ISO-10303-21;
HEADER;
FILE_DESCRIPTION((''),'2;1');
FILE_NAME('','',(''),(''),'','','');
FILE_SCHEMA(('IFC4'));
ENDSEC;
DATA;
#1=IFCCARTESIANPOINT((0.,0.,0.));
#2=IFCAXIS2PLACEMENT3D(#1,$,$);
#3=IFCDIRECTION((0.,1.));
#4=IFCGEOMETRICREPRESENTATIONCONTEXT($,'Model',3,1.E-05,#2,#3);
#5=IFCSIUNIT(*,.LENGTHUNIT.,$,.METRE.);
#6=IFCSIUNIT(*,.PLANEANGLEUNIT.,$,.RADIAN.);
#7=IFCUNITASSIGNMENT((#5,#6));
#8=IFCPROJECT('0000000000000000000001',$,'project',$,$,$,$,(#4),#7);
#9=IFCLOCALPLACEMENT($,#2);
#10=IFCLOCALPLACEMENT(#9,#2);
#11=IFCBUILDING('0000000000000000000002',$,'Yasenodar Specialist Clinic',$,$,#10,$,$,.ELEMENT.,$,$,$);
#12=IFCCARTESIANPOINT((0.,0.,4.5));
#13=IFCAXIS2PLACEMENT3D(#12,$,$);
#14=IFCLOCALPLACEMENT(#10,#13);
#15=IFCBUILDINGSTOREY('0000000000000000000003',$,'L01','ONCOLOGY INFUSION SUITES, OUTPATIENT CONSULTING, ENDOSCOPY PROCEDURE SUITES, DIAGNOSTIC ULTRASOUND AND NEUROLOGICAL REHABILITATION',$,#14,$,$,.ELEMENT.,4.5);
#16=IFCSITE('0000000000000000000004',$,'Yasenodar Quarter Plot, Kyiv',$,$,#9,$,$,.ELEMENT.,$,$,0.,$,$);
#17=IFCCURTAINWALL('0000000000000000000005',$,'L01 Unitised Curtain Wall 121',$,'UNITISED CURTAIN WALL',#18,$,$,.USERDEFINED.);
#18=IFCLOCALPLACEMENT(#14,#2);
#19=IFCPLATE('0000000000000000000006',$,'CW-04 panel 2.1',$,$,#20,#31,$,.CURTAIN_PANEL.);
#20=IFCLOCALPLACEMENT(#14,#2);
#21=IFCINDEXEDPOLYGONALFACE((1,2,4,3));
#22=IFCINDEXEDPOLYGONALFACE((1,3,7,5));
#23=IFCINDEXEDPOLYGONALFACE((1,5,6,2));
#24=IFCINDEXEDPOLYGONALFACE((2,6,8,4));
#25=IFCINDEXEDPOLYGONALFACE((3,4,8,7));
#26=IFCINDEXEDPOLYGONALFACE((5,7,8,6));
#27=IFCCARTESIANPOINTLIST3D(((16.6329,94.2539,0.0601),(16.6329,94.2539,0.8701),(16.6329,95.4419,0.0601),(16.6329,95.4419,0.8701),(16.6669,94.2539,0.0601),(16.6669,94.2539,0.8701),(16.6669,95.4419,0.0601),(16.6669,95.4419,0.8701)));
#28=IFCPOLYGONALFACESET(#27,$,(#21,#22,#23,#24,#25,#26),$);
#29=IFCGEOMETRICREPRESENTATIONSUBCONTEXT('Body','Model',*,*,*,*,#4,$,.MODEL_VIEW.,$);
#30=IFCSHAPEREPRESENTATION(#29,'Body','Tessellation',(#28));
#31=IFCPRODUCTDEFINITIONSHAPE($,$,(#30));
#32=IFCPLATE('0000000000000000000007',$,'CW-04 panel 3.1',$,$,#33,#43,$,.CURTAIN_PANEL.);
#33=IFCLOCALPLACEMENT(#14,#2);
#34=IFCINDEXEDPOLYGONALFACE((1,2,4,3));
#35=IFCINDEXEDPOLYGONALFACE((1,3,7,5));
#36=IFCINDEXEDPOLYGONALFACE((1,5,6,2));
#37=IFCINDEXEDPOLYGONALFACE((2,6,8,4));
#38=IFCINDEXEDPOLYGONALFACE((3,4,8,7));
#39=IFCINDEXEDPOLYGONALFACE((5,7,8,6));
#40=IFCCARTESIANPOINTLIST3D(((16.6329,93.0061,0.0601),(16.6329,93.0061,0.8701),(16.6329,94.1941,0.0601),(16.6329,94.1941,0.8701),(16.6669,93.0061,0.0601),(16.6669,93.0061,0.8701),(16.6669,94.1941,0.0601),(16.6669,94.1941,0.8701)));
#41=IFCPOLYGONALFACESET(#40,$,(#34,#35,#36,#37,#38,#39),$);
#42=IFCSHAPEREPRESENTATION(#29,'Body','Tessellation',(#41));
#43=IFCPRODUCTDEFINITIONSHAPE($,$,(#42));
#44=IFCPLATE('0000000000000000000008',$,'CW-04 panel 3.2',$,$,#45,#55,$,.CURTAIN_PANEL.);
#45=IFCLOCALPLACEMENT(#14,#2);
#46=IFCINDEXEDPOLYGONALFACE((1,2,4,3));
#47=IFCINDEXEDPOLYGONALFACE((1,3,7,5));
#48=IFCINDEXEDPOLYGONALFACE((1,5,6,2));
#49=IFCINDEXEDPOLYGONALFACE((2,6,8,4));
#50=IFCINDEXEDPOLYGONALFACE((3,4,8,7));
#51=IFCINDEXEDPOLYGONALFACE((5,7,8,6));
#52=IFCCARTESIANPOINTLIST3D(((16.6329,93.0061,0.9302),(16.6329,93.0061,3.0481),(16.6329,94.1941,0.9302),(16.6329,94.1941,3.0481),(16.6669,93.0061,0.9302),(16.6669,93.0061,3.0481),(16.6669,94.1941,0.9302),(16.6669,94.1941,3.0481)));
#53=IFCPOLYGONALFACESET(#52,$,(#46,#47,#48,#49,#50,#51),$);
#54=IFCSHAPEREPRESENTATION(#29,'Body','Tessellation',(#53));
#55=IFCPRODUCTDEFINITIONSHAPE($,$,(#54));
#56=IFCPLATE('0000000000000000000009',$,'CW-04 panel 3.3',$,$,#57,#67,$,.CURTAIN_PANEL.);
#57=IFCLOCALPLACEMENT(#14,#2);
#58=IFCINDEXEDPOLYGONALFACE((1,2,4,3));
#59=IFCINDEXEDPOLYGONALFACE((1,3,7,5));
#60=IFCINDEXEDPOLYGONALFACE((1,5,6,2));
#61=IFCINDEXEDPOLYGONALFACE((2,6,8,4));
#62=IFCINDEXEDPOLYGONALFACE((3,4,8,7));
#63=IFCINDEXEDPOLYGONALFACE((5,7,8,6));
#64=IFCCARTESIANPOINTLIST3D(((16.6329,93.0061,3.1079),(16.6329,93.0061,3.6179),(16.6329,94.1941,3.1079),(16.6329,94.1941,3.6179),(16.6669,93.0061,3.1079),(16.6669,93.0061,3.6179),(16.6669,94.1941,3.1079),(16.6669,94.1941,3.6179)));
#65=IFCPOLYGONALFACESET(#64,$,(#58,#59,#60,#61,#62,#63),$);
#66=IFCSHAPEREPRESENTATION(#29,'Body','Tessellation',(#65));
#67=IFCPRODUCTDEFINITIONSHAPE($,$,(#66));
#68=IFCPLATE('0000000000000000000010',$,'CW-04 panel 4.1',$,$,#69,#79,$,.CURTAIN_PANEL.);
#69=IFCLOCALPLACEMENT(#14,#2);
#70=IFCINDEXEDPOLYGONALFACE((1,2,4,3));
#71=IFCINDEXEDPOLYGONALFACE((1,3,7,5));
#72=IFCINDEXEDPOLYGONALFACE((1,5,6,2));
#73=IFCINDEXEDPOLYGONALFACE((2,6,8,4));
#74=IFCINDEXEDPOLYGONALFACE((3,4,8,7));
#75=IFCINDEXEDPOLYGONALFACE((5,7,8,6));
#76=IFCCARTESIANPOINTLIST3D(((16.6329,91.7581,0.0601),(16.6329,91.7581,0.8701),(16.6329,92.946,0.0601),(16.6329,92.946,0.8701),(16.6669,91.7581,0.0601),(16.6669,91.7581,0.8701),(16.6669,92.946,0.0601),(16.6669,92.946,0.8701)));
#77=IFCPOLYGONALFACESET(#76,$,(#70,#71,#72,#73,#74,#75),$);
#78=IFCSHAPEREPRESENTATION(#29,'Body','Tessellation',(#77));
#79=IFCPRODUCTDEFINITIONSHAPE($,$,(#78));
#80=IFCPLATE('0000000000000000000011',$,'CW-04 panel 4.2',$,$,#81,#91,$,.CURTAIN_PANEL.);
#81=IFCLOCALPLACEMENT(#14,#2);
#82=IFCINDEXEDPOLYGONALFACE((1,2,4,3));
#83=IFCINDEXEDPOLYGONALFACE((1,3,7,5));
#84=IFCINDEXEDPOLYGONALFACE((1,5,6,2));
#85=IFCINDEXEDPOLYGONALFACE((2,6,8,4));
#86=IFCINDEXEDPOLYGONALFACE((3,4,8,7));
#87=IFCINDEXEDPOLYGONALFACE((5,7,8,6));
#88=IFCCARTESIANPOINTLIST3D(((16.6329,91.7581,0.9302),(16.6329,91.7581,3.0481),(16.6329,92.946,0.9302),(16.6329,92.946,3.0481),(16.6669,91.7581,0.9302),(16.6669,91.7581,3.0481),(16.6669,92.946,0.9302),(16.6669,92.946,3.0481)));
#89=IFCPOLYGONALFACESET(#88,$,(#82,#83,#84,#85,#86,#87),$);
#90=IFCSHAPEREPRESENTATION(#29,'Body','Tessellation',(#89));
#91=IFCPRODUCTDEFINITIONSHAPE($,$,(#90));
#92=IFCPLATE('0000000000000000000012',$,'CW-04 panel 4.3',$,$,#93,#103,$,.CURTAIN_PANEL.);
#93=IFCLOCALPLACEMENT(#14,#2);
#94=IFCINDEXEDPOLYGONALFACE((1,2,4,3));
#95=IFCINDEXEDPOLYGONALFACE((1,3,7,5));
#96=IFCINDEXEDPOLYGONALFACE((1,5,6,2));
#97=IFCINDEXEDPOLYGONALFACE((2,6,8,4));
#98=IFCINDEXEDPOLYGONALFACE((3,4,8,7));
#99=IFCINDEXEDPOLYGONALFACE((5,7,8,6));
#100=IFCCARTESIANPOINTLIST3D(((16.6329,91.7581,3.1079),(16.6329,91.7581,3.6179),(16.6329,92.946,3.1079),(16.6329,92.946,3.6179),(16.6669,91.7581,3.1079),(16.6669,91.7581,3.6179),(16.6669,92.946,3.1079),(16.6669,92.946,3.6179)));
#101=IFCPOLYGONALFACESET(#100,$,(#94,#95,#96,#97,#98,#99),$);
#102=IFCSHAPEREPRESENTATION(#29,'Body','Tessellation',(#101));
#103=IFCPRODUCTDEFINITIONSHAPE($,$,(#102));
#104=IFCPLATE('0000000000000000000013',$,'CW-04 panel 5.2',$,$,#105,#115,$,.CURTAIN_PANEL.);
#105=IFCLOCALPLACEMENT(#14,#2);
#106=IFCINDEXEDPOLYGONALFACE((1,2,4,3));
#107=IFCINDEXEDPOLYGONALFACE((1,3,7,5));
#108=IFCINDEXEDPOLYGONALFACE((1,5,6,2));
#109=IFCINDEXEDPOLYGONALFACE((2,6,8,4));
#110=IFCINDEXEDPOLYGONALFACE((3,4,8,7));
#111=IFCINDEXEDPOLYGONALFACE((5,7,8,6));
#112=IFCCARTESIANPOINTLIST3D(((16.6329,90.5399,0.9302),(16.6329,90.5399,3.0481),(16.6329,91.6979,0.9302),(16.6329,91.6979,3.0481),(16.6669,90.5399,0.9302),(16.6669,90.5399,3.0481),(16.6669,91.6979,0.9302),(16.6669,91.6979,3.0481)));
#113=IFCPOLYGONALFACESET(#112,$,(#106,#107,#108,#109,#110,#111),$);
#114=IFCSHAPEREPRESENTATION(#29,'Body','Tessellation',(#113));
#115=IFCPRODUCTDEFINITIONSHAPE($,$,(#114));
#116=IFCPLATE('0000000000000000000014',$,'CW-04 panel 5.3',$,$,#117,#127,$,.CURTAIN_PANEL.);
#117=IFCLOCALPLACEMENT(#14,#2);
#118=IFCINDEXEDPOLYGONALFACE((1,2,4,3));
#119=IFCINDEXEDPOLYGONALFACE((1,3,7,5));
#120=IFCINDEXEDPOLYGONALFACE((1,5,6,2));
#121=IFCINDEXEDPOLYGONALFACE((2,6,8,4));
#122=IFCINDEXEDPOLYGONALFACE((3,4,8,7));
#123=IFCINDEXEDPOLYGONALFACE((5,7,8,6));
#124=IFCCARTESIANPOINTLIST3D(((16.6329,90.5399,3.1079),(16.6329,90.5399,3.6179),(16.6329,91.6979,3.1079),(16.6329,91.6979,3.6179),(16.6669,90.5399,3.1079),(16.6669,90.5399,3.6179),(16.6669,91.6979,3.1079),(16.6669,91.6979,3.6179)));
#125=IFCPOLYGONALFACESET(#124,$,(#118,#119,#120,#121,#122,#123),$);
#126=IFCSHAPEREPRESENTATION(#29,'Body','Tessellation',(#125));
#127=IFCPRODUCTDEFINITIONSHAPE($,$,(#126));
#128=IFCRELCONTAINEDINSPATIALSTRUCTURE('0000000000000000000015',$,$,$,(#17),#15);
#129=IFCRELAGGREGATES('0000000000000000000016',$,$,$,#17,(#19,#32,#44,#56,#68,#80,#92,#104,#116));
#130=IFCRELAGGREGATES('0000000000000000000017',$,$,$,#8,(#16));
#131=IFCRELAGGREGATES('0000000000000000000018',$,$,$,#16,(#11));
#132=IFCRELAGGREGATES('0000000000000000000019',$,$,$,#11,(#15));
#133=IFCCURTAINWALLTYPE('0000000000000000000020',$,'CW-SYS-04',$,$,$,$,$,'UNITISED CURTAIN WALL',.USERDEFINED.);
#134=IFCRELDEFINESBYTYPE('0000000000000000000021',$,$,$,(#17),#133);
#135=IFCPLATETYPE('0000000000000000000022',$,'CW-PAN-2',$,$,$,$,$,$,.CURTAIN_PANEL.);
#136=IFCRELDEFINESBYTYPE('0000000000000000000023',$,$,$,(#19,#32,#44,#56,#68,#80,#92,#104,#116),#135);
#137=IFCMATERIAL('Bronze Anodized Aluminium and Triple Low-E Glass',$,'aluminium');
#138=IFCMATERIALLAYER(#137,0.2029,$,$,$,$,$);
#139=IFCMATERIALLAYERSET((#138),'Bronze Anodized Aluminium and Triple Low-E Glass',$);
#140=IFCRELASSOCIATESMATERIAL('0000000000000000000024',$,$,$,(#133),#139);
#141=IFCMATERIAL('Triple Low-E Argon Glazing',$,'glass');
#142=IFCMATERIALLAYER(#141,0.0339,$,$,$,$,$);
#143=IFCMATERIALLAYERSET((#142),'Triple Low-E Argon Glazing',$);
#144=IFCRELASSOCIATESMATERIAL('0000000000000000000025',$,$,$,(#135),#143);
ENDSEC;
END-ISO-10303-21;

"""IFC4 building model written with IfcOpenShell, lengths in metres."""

from ifc_helpers import new_model, si_unit, direction, frame, origin, origin_2d, place, context, subcontext, project, spatial, rectangle, extrude, material, layer, layer_set, type_object, element, aggregate, save


model = new_model("IFC4")

# Units and contexts
model_context = context("Model", 3, precision=1e-05, world=origin(), true_north=direction((0.0, 1.0)))
body_context = subcontext(model_context, "Body", "Model", "MODEL_VIEW")
ifc_project = project(units=[si_unit("LENGTHUNIT", "METRE"), si_unit("PLANEANGLEUNIT", "RADIAN")], contexts=[model_context])

# Site, building, storey
site_placement = place(None, origin())
site = spatial("IfcSite", under=ifc_project, at=site_placement, Name="Yasenodar Quarter Plot, Kyiv", CompositionType="ELEMENT", RefElevation=0.0)
building_placement = place(site_placement, origin())
building = spatial("IfcBuilding", under=site, at=building_placement, Name="Yasenodar Specialist Clinic", CompositionType="ELEMENT")
storey_placement = place(building_placement, frame((0.0, 0.0, 4.5)))
storey = spatial("IfcBuildingStorey", under=building, at=storey_placement, Name="L01", Description="ONCOLOGY INFUSION SUITES, OUTPATIENT CONSULTING, ENDOSCOPY PROCEDURE SUITES, DIAGNOSTIC ULTRASOUND AND NEUROLOGICAL REHABILITATION", CompositionType="ELEMENT", Elevation=4.5)

# Curtain wall, plates
ifc_material_1 = material(Name="Bronze Anodized Aluminium and Triple Low-E Glass", Category="aluminium")
ifc_layer_1 = layer(ifc_material_1, 0.2029)
ifc_layer_set_1 = layer_set([ifc_layer_1], Name="Bronze Anodized Aluminium and Triple Low-E Glass")
curtain_wall_type = type_object("IfcCurtainWallType", Name="CW-SYS-04", ElementType="UNITISED CURTAIN WALL", PredefinedType="USERDEFINED", material=ifc_layer_set_1)
curtain_wall_placement = place(storey_placement, origin())
curtain_wall = element("IfcCurtainWall", 1, at=curtain_wall_placement, inside=storey, type_object=curtain_wall_type, Name="L01 Unitised Curtain Wall 121", ObjectType="UNITISED CURTAIN WALL", PredefinedType="USERDEFINED")
ifc_material_2 = material(Name="Triple Low-E Argon Glazing", Category="glass")
ifc_layer_2 = layer(ifc_material_2, 0.0339)
ifc_layer_set_2 = layer_set([ifc_layer_2], Name="Triple Low-E Argon Glazing")
plate_type = type_object("IfcPlateType", Name="CW-PAN-2", PredefinedType="CURTAIN_PANEL", material=ifc_layer_set_2)
plate_1_placement = place(storey_placement, frame((16.6499, 94.8479, 0.0601), z_axis=(0.0, 0.0, 1.0), x_axis=(0.0, -1.0, 0.0)))
plate_1 = element("IfcPlate", 2, at=plate_1_placement, type_object=plate_type, Name="CW-04 panel 2.1", PredefinedType="CURTAIN_PANEL", context=body_context, shape_type="SweptSolid", body=[
    extrude(rectangle(XDim=1.188, YDim=0.0339, at=origin_2d()), origin(), (0.0, 0.0, 1.0), 0.8101),
])
plate_2_placement = place(storey_placement, frame((16.6499, 93.6001, 0.0601), z_axis=(0.0, 0.0, 1.0), x_axis=(0.0, -1.0, 0.0)))
plate_2 = element("IfcPlate", 3, at=plate_2_placement, type_object=plate_type, Name="CW-04 panel 3.1", PredefinedType="CURTAIN_PANEL", context=body_context, shape_type="SweptSolid", body=[
    extrude(rectangle(XDim=1.188, YDim=0.0339, at=origin_2d()), origin(), (0.0, 0.0, 1.0), 0.8101),
])
plate_3_placement = place(storey_placement, frame((16.6499, 93.6001, 0.9302), z_axis=(0.0, 0.0, 1.0), x_axis=(0.0, -1.0, 0.0)))
plate_3 = element("IfcPlate", 4, at=plate_3_placement, type_object=plate_type, Name="CW-04 panel 3.2", PredefinedType="CURTAIN_PANEL", context=body_context, shape_type="SweptSolid", body=[
    extrude(rectangle(XDim=1.188, YDim=0.0339, at=origin_2d()), origin(), (0.0, 0.0, 1.0), 2.1179),
])
plate_4_placement = place(storey_placement, frame((16.6499, 93.6001, 3.1079), z_axis=(0.0, 0.0, 1.0), x_axis=(0.0, -1.0, 0.0)))
plate_4 = element("IfcPlate", 5, at=plate_4_placement, type_object=plate_type, Name="CW-04 panel 3.3", PredefinedType="CURTAIN_PANEL", context=body_context, shape_type="SweptSolid", body=[
    extrude(rectangle(XDim=1.188, YDim=0.0339, at=origin_2d()), origin(), (0.0, 0.0, 1.0), 0.51),
])
plate_5_placement = place(storey_placement, frame((16.6499, 92.3521, 0.0601), z_axis=(0.0, 0.0, 1.0), x_axis=(0.0, -1.0, 0.0)))
plate_5 = element("IfcPlate", 6, at=plate_5_placement, type_object=plate_type, Name="CW-04 panel 4.1", PredefinedType="CURTAIN_PANEL", context=body_context, shape_type="SweptSolid", body=[
    extrude(rectangle(XDim=1.188, YDim=0.0339, at=origin_2d()), origin(), (0.0, 0.0, 1.0), 0.8101),
])
plate_6_placement = place(storey_placement, frame((16.6499, 92.3521, 0.9302), z_axis=(0.0, 0.0, 1.0), x_axis=(0.0, -1.0, 0.0)))
plate_6 = element("IfcPlate", 7, at=plate_6_placement, type_object=plate_type, Name="CW-04 panel 4.2", PredefinedType="CURTAIN_PANEL", context=body_context, shape_type="SweptSolid", body=[
    extrude(rectangle(XDim=1.188, YDim=0.0339, at=origin_2d()), origin(), (0.0, 0.0, 1.0), 2.1179),
])
plate_7_placement = place(storey_placement, frame((16.6499, 92.3521, 3.1079), z_axis=(0.0, 0.0, 1.0), x_axis=(0.0, -1.0, 0.0)))
plate_7 = element("IfcPlate", 8, at=plate_7_placement, type_object=plate_type, Name="CW-04 panel 4.3", PredefinedType="CURTAIN_PANEL", context=body_context, shape_type="SweptSolid", body=[
    extrude(rectangle(XDim=1.188, YDim=0.0339, at=origin_2d()), origin(), (0.0, 0.0, 1.0), 0.51),
])
plate_8_placement = place(storey_placement, frame((16.6499, 91.1189, 0.9302), z_axis=(0.0, 0.0, 1.0), x_axis=(0.0, -1.0, 0.0)))
plate_8 = element("IfcPlate", 9, at=plate_8_placement, type_object=plate_type, Name="CW-04 panel 5.2", PredefinedType="CURTAIN_PANEL", context=body_context, shape_type="SweptSolid", body=[
    extrude(rectangle(XDim=1.158, YDim=0.0339, at=origin_2d()), origin(), (0.0, 0.0, 1.0), 2.1179),
])
plate_9_placement = place(storey_placement, frame((16.6499, 91.1189, 3.1079), z_axis=(0.0, 0.0, 1.0), x_axis=(0.0, -1.0, 0.0)))
plate_9 = element("IfcPlate", 10, at=plate_9_placement, type_object=plate_type, Name="CW-04 panel 5.3", PredefinedType="CURTAIN_PANEL", context=body_context, shape_type="SweptSolid", body=[
    extrude(rectangle(XDim=1.158, YDim=0.0339, at=origin_2d()), origin(), (0.0, 0.0, 1.0), 0.51),
])
aggregate(curtain_wall, [plate_1, plate_2, plate_3, plate_4, plate_5, plate_6, plate_7, plate_8, plate_9])

save(model, "model.ifc")
